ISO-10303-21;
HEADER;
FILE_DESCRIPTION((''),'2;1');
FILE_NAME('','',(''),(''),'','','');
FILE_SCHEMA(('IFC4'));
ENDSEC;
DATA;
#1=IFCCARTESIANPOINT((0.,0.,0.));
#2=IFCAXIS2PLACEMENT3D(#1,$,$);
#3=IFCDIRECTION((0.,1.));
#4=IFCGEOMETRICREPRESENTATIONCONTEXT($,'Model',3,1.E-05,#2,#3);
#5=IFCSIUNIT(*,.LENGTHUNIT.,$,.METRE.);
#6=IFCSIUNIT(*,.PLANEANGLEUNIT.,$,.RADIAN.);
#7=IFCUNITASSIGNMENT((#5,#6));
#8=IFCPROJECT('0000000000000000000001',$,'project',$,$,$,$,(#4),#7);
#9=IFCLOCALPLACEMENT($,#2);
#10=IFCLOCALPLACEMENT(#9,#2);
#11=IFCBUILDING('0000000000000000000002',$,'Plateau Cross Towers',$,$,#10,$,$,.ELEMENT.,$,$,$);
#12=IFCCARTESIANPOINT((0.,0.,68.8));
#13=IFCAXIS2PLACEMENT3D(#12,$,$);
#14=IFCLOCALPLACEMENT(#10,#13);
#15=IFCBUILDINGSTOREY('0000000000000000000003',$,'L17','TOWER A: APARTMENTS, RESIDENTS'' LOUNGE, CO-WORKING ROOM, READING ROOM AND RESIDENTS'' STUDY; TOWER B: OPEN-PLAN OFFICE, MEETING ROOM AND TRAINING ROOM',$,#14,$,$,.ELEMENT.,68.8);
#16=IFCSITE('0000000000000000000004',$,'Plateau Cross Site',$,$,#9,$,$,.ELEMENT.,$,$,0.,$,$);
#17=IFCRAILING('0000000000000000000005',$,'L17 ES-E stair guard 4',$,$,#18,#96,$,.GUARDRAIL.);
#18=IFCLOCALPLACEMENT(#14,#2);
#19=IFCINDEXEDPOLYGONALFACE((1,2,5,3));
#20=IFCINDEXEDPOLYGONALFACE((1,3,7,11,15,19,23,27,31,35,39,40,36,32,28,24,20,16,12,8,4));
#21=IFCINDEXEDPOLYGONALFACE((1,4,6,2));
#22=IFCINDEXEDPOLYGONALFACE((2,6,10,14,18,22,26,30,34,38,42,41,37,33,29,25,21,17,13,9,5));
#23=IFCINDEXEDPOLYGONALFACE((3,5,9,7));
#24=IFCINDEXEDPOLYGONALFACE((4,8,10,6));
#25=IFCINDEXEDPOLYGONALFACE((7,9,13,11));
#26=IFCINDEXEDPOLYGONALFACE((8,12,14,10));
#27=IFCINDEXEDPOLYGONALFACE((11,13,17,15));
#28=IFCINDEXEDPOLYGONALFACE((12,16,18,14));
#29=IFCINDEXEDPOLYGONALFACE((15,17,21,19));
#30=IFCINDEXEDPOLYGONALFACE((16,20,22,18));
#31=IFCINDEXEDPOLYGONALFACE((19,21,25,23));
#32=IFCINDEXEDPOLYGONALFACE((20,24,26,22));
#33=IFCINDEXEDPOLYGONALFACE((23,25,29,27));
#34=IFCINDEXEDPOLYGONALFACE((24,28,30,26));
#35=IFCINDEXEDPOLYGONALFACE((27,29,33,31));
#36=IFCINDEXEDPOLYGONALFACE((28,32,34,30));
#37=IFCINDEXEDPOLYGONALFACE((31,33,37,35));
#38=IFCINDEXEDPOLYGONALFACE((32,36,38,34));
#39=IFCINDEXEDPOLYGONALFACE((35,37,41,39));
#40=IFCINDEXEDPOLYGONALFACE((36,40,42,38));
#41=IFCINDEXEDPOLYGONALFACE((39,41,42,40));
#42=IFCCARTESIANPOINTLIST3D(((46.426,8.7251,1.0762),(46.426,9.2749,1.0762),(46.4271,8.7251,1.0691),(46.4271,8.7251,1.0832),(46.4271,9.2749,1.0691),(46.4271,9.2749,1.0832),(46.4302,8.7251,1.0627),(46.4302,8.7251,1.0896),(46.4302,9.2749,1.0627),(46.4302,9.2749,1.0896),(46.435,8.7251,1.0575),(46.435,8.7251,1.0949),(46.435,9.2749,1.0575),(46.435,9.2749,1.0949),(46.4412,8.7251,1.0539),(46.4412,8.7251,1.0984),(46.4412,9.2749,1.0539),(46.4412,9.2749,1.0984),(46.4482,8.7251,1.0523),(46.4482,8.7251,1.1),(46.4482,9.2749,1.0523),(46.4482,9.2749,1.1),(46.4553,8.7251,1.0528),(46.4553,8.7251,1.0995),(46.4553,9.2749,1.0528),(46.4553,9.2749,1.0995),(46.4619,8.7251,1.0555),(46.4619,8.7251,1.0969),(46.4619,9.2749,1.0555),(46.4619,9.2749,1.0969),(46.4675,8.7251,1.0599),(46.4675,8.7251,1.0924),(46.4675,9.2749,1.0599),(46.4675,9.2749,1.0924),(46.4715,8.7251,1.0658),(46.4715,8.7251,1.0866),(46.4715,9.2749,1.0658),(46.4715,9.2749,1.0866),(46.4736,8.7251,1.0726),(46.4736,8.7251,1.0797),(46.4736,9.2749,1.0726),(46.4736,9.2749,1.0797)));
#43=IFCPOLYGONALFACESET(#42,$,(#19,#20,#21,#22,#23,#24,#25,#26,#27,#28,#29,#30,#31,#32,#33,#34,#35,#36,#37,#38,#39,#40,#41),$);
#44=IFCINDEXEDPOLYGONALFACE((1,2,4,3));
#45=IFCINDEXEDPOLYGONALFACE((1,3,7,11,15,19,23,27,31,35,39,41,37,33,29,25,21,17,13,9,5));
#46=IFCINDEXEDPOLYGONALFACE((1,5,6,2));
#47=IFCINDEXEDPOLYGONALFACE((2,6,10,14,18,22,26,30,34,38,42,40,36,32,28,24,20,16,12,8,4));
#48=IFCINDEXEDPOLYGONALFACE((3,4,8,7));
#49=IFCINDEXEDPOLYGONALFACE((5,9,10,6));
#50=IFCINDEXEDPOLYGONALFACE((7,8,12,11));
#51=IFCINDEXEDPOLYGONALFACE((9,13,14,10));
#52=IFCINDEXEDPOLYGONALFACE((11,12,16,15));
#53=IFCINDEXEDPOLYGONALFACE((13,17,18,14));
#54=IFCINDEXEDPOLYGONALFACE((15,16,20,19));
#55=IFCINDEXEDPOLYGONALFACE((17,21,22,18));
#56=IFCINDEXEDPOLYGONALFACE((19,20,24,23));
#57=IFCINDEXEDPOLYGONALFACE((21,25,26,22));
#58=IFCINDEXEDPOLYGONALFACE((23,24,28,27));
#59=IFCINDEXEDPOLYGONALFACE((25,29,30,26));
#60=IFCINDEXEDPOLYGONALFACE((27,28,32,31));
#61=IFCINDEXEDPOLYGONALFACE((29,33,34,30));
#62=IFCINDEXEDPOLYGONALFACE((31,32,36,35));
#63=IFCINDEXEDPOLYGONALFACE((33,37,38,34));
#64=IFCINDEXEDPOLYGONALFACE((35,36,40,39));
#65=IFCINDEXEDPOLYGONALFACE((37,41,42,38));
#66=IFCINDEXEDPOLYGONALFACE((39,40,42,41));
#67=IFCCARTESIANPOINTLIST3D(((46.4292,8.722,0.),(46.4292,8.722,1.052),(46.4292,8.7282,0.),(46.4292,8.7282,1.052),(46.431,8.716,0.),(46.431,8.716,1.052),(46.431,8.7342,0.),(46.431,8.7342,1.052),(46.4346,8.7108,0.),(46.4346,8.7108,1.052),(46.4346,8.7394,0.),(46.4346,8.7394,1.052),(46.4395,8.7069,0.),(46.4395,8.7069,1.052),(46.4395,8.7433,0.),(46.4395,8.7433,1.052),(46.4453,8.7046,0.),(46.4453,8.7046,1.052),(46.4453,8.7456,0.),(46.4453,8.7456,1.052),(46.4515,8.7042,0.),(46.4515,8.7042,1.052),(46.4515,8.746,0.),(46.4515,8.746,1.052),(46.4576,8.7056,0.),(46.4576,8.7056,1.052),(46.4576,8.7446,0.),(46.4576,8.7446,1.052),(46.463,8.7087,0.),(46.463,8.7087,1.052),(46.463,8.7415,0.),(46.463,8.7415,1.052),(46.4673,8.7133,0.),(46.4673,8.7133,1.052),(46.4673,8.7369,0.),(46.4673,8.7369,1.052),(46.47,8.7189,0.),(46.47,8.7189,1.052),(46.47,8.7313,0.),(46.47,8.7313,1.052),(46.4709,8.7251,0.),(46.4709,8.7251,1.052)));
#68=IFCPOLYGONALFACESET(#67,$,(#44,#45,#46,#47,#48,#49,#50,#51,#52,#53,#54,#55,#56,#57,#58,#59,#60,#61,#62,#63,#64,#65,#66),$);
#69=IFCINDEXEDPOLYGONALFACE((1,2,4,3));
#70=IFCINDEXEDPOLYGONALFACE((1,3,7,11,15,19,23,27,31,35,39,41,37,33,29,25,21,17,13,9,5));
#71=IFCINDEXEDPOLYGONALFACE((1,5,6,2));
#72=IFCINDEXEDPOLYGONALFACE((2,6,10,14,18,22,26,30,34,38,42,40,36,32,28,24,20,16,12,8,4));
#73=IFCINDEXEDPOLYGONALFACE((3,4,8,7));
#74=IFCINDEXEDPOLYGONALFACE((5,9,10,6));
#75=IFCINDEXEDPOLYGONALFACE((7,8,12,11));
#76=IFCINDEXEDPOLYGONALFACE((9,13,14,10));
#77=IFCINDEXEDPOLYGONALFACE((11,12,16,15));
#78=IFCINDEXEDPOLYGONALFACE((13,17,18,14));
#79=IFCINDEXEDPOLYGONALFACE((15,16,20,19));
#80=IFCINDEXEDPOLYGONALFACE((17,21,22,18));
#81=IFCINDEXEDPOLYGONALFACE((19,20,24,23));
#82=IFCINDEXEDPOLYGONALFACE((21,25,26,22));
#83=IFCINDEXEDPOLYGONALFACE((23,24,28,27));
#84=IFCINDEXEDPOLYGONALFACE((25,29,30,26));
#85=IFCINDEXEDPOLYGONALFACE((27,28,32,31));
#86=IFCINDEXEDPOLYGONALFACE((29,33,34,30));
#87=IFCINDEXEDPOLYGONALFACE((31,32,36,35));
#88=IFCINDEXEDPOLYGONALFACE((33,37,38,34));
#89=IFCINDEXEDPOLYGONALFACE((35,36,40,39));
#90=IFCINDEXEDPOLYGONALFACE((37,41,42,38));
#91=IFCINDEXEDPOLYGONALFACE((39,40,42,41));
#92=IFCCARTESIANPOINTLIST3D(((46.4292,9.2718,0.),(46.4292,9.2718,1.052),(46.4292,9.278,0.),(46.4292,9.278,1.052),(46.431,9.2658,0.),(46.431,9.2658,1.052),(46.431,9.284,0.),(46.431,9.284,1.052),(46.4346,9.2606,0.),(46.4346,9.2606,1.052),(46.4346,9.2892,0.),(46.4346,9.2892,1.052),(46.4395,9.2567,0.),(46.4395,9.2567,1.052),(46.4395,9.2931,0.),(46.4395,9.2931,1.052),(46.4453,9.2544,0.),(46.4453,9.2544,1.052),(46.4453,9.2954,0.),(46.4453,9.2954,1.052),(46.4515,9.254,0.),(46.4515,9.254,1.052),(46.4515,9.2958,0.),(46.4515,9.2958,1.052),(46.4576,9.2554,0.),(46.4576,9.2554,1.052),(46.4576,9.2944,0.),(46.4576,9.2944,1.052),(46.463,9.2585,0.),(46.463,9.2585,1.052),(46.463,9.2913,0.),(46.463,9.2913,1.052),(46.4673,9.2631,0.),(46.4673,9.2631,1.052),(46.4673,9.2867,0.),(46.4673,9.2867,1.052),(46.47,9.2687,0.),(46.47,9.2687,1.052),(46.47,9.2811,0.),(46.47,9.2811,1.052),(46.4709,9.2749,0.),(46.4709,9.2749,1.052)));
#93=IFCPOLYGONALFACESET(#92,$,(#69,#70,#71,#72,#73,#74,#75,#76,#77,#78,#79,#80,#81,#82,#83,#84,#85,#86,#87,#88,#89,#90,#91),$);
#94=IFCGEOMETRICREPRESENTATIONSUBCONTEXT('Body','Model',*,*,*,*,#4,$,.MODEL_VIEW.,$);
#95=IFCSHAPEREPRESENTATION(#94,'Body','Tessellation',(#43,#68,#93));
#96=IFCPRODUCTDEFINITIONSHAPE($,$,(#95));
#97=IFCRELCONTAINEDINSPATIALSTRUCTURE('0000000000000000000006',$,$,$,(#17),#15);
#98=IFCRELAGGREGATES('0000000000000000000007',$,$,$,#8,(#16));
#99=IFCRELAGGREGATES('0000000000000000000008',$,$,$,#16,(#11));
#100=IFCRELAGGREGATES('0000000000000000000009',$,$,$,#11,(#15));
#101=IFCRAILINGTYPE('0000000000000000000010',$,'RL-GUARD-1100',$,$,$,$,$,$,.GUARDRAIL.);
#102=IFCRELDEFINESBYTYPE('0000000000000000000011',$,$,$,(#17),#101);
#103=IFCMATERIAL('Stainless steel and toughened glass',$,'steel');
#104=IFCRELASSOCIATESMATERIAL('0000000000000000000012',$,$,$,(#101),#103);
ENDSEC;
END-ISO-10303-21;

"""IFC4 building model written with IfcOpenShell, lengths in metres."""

from ifc_helpers import new_model, si_unit, direction, frame, origin, origin_2d, place, context, subcontext, project, spatial, circle, extrude, material, type_object, element, save


model = new_model("IFC4")

# Units and contexts
model_context = context("Model", 3, precision=1e-05, world=origin(), true_north=direction((0.0, 1.0)))
body_context = subcontext(model_context, "Body", "Model", "MODEL_VIEW")
ifc_project = project(units=[si_unit("LENGTHUNIT", "METRE"), si_unit("PLANEANGLEUNIT", "RADIAN")], contexts=[model_context])

# Site, building, storey
site_placement = place(None, origin())
site = spatial("IfcSite", under=ifc_project, at=site_placement, Name="Plateau Cross Site", CompositionType="ELEMENT", RefElevation=0.0)
building_placement = place(site_placement, origin())
building = spatial("IfcBuilding", under=site, at=building_placement, Name="Plateau Cross Towers", CompositionType="ELEMENT")
storey_placement = place(building_placement, frame((0.0, 0.0, 68.8)))
storey = spatial("IfcBuildingStorey", under=building, at=storey_placement, Name="L17", Description="TOWER A: APARTMENTS, RESIDENTS' LOUNGE, CO-WORKING ROOM, READING ROOM AND RESIDENTS' STUDY; TOWER B: OPEN-PLAN OFFICE, MEETING ROOM AND TRAINING ROOM", CompositionType="ELEMENT", Elevation=68.8)

# Railing
ifc_material_1 = material(Name="Stainless steel and toughened glass", Category="steel")
railing_type_1 = type_object("IfcRailingType", Name="RL-GUARD-1100", PredefinedType="GUARDRAIL", material=ifc_material_1)
railing_1_placement = place(storey_placement, frame((46.45, 8.7251, 0.0)))
element("IfcRailing", 1, at=railing_1_placement, inside=storey, type_object=railing_type_1, Name="L17 ES-E stair guard 4", PredefinedType="GUARDRAIL", context=body_context, shape_type="SweptSolid", body=[
    extrude(circle(Radius=0.0239, at=origin_2d()), frame((0.0, 0.0, 1.0762), z_axis=(0.0, 1.0, 0.0), x_axis=(-1.0, 0.0, 0.0)), (0.0, 0.0, 1.0), 0.5498),
    extrude(circle(Radius=0.021, at=origin_2d()), origin(), (0.0, 0.0, 1.0), 1.052),
    extrude(circle(Radius=0.021, at=origin_2d()), frame((0.0, 0.5498, 0.0)), (0.0, 0.0, 1.0), 1.052),
])

save(model, "model.ifc")
